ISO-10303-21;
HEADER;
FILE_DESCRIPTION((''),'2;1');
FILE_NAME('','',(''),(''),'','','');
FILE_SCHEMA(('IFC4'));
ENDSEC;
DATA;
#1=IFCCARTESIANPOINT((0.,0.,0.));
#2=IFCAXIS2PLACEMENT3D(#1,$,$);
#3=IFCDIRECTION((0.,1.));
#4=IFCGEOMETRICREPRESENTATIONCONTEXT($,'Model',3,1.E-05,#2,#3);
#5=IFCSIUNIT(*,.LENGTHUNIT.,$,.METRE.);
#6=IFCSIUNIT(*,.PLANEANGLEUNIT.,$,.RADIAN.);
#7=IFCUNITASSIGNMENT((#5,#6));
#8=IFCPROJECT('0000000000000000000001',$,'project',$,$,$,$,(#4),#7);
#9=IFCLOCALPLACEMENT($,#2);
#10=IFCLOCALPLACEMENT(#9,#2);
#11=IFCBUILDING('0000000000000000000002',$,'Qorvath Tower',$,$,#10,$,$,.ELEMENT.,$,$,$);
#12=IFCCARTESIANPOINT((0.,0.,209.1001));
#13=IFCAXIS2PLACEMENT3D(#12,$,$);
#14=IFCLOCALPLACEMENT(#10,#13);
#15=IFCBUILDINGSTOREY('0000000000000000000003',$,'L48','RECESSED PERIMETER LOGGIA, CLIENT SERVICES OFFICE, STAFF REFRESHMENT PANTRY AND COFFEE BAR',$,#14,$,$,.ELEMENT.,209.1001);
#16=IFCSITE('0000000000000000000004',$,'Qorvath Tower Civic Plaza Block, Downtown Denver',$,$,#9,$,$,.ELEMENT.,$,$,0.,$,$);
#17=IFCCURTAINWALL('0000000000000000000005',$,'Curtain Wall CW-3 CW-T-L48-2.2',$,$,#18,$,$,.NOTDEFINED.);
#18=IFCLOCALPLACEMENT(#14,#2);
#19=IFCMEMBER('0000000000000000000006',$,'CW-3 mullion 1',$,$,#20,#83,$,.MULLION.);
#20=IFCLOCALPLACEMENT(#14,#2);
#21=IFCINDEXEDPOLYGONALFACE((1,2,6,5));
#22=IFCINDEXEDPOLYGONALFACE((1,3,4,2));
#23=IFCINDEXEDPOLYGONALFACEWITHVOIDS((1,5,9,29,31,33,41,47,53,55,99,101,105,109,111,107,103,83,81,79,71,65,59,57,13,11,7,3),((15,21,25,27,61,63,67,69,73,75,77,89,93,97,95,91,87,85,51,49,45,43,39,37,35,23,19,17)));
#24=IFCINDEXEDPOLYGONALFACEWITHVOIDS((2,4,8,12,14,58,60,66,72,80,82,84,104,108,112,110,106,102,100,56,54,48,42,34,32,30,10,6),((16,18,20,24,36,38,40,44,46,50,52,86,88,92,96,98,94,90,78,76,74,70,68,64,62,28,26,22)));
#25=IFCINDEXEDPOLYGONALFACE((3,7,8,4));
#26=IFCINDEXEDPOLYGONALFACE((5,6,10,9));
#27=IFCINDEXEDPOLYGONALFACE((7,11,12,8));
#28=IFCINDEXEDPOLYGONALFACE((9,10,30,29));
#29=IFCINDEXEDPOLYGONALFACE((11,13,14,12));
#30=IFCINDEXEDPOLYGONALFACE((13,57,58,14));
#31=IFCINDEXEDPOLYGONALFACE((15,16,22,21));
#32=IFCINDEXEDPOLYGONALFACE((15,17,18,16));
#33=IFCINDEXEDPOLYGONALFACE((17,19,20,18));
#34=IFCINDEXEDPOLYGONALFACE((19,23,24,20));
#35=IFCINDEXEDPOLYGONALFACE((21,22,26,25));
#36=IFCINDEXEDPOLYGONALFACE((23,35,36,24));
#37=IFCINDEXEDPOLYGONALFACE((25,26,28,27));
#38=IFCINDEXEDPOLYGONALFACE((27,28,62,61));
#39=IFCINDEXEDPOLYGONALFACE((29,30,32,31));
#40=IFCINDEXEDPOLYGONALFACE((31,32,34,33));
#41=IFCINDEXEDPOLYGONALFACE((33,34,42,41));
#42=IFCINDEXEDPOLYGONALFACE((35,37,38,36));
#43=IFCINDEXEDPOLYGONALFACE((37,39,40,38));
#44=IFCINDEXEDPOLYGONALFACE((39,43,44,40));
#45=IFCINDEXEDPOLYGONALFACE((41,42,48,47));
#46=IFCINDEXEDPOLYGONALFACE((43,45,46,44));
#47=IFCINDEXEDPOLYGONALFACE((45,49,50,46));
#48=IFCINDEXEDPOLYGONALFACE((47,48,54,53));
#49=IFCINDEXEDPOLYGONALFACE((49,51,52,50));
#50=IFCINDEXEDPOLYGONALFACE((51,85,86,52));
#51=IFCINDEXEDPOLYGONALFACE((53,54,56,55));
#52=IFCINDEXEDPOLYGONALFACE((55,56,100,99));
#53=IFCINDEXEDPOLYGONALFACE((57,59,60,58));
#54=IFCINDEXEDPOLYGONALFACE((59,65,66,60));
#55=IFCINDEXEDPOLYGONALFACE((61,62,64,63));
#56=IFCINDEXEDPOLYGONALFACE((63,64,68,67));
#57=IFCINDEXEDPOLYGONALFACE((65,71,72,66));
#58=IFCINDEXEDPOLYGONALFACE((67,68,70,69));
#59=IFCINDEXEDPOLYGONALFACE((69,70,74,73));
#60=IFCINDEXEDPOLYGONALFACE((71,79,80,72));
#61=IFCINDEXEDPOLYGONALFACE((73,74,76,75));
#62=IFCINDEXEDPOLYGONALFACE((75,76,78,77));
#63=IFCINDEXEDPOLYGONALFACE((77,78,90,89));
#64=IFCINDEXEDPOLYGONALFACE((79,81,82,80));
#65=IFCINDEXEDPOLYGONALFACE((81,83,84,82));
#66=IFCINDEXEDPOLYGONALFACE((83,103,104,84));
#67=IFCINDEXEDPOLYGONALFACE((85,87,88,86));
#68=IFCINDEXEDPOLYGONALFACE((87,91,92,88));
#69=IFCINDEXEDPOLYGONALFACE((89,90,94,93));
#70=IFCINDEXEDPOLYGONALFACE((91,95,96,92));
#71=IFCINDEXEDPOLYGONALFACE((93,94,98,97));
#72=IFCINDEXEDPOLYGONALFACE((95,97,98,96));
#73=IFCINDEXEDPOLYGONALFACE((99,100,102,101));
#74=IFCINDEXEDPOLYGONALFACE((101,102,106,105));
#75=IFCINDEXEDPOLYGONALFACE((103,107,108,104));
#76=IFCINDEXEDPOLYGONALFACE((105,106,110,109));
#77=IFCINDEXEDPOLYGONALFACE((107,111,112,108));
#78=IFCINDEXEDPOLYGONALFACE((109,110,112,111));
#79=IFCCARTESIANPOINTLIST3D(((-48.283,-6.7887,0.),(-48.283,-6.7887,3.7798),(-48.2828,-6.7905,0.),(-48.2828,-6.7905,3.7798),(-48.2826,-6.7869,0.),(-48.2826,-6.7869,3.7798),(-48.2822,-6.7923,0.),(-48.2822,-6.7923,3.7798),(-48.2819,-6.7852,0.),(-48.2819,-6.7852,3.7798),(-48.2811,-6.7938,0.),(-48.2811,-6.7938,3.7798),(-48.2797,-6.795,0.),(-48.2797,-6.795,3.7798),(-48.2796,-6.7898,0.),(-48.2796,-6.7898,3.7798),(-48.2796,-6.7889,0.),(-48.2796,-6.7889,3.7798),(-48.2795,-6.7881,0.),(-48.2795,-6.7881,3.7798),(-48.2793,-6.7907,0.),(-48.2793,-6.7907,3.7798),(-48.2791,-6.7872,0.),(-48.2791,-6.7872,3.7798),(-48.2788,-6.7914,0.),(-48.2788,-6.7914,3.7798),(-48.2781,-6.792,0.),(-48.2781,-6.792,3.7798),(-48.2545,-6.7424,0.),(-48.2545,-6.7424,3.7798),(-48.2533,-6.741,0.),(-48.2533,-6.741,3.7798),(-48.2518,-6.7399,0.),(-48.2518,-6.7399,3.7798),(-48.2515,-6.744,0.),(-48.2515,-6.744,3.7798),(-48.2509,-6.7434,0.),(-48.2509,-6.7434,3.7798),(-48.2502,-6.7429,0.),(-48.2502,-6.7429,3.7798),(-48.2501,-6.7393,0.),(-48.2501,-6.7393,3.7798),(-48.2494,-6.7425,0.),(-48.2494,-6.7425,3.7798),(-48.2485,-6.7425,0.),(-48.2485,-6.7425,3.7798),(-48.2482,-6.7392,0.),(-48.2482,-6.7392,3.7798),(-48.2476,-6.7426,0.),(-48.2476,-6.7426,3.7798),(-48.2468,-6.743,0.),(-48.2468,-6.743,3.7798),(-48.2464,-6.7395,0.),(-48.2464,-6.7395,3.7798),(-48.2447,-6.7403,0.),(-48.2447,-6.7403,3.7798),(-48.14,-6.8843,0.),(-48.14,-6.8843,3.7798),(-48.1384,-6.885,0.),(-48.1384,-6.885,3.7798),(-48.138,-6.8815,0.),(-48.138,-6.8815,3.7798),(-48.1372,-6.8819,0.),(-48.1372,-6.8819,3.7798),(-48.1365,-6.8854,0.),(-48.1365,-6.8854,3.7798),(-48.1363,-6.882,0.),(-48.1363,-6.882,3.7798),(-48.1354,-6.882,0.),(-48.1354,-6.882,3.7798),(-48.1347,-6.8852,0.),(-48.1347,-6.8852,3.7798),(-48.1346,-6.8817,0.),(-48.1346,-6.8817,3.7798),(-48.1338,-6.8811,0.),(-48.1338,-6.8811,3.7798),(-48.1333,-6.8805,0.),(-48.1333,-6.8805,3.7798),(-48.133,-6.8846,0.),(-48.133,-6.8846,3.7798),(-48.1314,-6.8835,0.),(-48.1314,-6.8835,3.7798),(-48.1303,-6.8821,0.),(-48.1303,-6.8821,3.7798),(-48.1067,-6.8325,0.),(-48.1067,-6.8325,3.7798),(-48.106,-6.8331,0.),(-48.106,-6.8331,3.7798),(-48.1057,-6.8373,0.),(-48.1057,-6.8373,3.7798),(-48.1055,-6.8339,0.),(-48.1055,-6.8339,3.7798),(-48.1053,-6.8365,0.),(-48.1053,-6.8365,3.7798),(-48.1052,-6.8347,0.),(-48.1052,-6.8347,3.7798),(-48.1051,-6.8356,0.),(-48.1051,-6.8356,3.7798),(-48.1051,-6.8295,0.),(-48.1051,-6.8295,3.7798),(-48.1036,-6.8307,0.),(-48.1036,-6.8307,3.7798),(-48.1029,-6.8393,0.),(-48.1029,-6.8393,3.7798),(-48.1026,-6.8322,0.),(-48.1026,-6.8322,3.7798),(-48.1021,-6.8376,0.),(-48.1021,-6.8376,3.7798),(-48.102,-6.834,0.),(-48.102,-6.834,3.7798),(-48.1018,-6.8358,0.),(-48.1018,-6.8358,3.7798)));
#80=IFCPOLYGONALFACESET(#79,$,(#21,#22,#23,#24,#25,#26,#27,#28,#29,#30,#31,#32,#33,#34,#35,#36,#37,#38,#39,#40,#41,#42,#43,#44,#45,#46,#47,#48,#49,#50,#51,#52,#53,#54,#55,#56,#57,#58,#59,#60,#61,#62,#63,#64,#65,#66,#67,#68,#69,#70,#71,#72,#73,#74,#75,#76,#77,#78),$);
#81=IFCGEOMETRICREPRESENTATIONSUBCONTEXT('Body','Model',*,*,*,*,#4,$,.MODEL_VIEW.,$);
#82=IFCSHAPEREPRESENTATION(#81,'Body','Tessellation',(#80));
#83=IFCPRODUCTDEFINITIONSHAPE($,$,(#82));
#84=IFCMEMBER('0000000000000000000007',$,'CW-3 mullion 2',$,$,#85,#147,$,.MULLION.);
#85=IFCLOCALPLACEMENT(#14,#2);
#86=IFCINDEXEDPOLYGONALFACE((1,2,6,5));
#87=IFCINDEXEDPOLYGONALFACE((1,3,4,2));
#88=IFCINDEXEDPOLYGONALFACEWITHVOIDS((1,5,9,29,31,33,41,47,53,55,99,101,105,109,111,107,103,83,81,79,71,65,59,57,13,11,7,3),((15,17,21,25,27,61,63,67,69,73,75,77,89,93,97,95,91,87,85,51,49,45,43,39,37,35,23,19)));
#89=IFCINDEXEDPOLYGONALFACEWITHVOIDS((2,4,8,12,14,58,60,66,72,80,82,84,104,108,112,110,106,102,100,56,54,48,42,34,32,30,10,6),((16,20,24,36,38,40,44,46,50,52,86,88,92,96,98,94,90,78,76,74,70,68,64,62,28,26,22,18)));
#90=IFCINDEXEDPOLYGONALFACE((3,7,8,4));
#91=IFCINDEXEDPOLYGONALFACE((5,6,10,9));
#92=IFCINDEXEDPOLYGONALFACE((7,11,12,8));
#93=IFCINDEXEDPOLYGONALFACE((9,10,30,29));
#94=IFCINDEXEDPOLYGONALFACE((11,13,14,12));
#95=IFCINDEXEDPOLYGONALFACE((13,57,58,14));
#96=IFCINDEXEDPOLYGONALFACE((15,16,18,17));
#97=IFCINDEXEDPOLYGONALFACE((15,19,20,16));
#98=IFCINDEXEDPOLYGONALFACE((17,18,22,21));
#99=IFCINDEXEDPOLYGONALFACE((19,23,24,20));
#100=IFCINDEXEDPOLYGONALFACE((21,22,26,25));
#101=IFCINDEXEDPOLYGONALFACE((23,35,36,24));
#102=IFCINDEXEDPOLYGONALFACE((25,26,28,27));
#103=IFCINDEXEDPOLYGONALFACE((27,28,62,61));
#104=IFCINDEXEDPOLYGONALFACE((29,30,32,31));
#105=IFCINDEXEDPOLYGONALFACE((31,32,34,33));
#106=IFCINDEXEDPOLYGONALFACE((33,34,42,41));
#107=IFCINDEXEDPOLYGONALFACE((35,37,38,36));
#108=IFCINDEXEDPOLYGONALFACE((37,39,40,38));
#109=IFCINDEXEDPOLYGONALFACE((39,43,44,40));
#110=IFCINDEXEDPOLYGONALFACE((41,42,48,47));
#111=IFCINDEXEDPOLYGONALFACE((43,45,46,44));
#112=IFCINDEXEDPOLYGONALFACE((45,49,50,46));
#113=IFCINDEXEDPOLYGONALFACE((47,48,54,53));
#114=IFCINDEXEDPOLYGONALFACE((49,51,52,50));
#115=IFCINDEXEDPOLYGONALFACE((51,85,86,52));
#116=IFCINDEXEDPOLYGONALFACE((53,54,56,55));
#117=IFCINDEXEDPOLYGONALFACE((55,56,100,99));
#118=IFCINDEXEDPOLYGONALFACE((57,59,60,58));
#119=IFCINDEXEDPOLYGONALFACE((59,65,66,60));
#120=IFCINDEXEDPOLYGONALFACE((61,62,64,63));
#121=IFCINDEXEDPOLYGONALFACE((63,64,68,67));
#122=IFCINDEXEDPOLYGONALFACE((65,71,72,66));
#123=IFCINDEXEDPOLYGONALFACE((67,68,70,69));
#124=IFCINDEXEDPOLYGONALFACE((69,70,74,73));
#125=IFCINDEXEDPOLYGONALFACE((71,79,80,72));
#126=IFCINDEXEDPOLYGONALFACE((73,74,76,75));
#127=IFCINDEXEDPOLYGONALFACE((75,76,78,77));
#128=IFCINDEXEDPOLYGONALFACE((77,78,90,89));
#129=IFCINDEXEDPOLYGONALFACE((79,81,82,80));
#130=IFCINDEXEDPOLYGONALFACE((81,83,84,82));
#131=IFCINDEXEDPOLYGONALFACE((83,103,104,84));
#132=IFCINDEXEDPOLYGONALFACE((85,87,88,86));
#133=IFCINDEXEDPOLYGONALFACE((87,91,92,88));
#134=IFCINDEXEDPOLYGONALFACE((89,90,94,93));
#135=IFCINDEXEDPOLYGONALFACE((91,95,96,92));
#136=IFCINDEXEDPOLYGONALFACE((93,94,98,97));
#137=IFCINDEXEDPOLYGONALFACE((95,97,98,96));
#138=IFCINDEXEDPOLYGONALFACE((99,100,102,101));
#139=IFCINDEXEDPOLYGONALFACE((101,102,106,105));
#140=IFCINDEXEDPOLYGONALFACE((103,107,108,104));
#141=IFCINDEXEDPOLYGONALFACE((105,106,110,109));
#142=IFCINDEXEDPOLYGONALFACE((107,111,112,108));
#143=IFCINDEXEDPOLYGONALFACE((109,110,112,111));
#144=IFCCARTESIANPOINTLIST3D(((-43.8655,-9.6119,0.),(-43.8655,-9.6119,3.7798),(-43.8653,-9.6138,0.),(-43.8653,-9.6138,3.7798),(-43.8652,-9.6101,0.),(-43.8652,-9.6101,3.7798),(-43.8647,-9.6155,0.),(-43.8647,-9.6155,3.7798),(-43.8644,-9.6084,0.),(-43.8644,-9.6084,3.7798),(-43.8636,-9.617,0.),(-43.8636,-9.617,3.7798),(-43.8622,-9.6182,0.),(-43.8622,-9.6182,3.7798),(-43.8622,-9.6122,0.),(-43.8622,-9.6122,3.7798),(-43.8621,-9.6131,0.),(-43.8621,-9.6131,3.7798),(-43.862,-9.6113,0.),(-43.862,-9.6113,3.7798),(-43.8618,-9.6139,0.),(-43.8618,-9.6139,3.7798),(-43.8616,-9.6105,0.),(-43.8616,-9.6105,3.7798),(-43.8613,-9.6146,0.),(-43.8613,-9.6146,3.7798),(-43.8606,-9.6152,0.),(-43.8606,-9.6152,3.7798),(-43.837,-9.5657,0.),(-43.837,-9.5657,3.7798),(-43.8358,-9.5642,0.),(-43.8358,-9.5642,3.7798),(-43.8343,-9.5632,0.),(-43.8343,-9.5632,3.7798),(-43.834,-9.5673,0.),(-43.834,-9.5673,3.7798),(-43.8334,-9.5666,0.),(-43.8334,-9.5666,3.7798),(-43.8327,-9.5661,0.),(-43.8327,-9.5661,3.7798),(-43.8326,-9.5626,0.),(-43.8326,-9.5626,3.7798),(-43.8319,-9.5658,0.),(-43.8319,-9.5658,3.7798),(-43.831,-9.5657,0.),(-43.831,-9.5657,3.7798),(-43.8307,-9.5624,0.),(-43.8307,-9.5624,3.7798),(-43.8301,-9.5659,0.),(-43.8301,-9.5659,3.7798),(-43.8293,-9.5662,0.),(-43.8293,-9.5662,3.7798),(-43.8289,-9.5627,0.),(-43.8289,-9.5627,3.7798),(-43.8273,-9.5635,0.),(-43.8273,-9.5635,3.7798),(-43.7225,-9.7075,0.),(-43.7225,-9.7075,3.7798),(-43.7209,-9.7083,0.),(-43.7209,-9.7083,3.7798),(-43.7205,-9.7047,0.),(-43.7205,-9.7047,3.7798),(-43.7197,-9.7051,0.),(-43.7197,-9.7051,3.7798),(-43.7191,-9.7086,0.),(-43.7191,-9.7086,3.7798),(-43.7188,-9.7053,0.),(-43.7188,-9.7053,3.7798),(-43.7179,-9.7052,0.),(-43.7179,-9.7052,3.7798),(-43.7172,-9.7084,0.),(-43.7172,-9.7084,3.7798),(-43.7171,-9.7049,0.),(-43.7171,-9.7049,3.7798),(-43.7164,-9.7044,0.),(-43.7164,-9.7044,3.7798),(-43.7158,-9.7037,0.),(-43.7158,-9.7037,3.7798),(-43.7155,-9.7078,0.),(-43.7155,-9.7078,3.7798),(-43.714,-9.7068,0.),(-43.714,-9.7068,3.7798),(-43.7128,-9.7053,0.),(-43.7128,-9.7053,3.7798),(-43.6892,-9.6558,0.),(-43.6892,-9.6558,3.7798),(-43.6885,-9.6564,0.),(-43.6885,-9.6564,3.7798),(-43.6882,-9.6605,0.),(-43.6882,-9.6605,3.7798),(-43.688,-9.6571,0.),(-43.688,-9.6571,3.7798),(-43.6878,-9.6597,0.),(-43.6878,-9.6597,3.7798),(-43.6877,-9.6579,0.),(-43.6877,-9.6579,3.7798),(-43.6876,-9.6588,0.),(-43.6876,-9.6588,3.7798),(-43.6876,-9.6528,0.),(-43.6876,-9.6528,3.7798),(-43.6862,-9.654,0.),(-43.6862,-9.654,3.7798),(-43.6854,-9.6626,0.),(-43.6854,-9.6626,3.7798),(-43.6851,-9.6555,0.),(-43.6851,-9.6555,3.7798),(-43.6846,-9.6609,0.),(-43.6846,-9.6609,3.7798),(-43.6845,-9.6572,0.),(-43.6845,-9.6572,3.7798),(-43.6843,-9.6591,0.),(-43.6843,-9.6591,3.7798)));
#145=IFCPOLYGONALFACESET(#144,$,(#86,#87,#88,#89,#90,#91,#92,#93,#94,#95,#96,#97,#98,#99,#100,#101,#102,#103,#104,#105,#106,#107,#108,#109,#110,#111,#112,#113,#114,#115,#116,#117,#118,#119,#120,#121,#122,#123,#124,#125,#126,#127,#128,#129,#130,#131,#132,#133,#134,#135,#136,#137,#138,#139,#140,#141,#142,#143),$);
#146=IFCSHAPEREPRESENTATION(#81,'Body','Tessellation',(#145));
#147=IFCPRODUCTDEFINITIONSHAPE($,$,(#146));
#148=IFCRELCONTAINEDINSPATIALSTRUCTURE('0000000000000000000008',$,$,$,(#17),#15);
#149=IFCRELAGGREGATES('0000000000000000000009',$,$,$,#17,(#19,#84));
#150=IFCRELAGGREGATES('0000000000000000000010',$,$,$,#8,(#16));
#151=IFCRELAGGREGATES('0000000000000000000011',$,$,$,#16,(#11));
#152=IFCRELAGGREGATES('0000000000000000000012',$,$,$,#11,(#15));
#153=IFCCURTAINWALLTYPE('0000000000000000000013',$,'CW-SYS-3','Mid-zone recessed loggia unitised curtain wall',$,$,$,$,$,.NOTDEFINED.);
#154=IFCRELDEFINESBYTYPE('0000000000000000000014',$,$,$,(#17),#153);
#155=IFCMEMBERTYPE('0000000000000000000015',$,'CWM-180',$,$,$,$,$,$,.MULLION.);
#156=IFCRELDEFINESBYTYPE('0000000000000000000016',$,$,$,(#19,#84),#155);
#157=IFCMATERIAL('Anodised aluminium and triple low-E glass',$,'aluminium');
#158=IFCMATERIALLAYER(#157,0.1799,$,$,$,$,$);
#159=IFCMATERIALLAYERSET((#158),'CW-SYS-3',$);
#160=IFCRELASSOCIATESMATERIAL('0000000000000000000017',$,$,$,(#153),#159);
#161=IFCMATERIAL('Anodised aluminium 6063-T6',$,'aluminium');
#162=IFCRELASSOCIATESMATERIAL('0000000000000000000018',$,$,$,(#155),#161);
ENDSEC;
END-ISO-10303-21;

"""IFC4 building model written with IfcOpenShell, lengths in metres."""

from ifc_helpers import new_model, si_unit, direction, frame, origin, origin_2d, place, context, subcontext, project, spatial, hollow_rectangle, extrude, material, layer, layer_set, material_profile, profile_set, type_object, element, aggregate, save


model = new_model("IFC4")

# Units and contexts
model_context = context("Model", 3, precision=1e-05, world=origin(), true_north=direction((0.0, 1.0)))
body_context = subcontext(model_context, "Body", "Model", "MODEL_VIEW")
ifc_project = project(units=[si_unit("LENGTHUNIT", "METRE"), si_unit("PLANEANGLEUNIT", "RADIAN")], contexts=[model_context])

# Site, building, storey
site_placement = place(None, origin())
site = spatial("IfcSite", under=ifc_project, at=site_placement, Name="Qorvath Tower Civic Plaza Block, Downtown Denver", CompositionType="ELEMENT", RefElevation=0.0)
building_placement = place(site_placement, origin())
building = spatial("IfcBuilding", under=site, at=building_placement, Name="Qorvath Tower", CompositionType="ELEMENT")
storey_placement = place(building_placement, frame((0.0, 0.0, 209.1001)))
storey = spatial("IfcBuildingStorey", under=building, at=storey_placement, Name="L48", Description="RECESSED PERIMETER LOGGIA, CLIENT SERVICES OFFICE, STAFF REFRESHMENT PANTRY AND COFFEE BAR", CompositionType="ELEMENT", Elevation=209.1001)

# Curtain wall, members
ifc_material_1 = material(Name="Anodised aluminium and triple low-E glass", Category="aluminium")
ifc_layer_1 = layer(ifc_material_1, 0.1799)
ifc_layer_set_1 = layer_set([ifc_layer_1], Name="CW-SYS-3")
curtain_wall_type = type_object("IfcCurtainWallType", Name="CW-SYS-3", Description="Mid-zone recessed loggia unitised curtain wall", PredefinedType="NOTDEFINED", material=ifc_layer_set_1)
ifc_material_2 = material(Name="Anodised aluminium 6063-T6", Category="aluminium")
ifc_material_profile_1 = material_profile(ifc_material_2, hollow_rectangle(XDim=0.0649, YDim=0.1799, WallThickness=0.0034, InnerFilletRadius=0.0034, OuterFilletRadius=0.0071, at=origin_2d()), Name="CWM 180x65")
ifc_profile_set_1 = profile_set([ifc_material_profile_1], Name="Anodised aluminium 6063-T6")
member_type_1 = type_object("IfcMemberType", Name="CWM-180", PredefinedType="MULLION", material=ifc_profile_set_1)
curtain_wall_1_placement = place(storey_placement, origin())
curtain_wall_1 = element("IfcCurtainWall", 1, at=curtain_wall_1_placement, inside=storey, type_object=curtain_wall_type, Name="Curtain Wall CW-3 CW-T-L48-2.2", PredefinedType="NOTDEFINED")
member_1_placement = place(storey_placement, frame((-48.1924, -6.8123, 0.0), z_axis=(0.0, 0.0, 1.0), x_axis=(0.538533, 0.842605, 0.0)))
member_1 = element("IfcMember", 2, at=member_1_placement, type_object=member_type_1, Name="CW-3 mullion 1", PredefinedType="MULLION", context=body_context, shape_type="SweptSolid", body=[
    extrude(hollow_rectangle(XDim=0.0649, YDim=0.1799, WallThickness=0.0034, InnerFilletRadius=0.0034, OuterFilletRadius=0.0071, at=origin_2d()), origin(), (0.0, 0.0, 1.0), 3.7798),
])
member_2_placement = place(storey_placement, frame((-43.7749, -9.6355, 0.0), z_axis=(0.0, 0.0, 1.0), x_axis=(0.538533, 0.842605, 0.0)))
member_2 = element("IfcMember", 3, at=member_2_placement, type_object=member_type_1, Name="CW-3 mullion 2", PredefinedType="MULLION", context=body_context, shape_type="SweptSolid", body=[
    extrude(hollow_rectangle(XDim=0.0649, YDim=0.1799, WallThickness=0.0034, InnerFilletRadius=0.0034, OuterFilletRadius=0.0071, at=origin_2d()), origin(), (0.0, 0.0, 1.0), 3.7798),
])

aggregate(curtain_wall_1, [member_1, member_2])

save(model, "model.ifc")
